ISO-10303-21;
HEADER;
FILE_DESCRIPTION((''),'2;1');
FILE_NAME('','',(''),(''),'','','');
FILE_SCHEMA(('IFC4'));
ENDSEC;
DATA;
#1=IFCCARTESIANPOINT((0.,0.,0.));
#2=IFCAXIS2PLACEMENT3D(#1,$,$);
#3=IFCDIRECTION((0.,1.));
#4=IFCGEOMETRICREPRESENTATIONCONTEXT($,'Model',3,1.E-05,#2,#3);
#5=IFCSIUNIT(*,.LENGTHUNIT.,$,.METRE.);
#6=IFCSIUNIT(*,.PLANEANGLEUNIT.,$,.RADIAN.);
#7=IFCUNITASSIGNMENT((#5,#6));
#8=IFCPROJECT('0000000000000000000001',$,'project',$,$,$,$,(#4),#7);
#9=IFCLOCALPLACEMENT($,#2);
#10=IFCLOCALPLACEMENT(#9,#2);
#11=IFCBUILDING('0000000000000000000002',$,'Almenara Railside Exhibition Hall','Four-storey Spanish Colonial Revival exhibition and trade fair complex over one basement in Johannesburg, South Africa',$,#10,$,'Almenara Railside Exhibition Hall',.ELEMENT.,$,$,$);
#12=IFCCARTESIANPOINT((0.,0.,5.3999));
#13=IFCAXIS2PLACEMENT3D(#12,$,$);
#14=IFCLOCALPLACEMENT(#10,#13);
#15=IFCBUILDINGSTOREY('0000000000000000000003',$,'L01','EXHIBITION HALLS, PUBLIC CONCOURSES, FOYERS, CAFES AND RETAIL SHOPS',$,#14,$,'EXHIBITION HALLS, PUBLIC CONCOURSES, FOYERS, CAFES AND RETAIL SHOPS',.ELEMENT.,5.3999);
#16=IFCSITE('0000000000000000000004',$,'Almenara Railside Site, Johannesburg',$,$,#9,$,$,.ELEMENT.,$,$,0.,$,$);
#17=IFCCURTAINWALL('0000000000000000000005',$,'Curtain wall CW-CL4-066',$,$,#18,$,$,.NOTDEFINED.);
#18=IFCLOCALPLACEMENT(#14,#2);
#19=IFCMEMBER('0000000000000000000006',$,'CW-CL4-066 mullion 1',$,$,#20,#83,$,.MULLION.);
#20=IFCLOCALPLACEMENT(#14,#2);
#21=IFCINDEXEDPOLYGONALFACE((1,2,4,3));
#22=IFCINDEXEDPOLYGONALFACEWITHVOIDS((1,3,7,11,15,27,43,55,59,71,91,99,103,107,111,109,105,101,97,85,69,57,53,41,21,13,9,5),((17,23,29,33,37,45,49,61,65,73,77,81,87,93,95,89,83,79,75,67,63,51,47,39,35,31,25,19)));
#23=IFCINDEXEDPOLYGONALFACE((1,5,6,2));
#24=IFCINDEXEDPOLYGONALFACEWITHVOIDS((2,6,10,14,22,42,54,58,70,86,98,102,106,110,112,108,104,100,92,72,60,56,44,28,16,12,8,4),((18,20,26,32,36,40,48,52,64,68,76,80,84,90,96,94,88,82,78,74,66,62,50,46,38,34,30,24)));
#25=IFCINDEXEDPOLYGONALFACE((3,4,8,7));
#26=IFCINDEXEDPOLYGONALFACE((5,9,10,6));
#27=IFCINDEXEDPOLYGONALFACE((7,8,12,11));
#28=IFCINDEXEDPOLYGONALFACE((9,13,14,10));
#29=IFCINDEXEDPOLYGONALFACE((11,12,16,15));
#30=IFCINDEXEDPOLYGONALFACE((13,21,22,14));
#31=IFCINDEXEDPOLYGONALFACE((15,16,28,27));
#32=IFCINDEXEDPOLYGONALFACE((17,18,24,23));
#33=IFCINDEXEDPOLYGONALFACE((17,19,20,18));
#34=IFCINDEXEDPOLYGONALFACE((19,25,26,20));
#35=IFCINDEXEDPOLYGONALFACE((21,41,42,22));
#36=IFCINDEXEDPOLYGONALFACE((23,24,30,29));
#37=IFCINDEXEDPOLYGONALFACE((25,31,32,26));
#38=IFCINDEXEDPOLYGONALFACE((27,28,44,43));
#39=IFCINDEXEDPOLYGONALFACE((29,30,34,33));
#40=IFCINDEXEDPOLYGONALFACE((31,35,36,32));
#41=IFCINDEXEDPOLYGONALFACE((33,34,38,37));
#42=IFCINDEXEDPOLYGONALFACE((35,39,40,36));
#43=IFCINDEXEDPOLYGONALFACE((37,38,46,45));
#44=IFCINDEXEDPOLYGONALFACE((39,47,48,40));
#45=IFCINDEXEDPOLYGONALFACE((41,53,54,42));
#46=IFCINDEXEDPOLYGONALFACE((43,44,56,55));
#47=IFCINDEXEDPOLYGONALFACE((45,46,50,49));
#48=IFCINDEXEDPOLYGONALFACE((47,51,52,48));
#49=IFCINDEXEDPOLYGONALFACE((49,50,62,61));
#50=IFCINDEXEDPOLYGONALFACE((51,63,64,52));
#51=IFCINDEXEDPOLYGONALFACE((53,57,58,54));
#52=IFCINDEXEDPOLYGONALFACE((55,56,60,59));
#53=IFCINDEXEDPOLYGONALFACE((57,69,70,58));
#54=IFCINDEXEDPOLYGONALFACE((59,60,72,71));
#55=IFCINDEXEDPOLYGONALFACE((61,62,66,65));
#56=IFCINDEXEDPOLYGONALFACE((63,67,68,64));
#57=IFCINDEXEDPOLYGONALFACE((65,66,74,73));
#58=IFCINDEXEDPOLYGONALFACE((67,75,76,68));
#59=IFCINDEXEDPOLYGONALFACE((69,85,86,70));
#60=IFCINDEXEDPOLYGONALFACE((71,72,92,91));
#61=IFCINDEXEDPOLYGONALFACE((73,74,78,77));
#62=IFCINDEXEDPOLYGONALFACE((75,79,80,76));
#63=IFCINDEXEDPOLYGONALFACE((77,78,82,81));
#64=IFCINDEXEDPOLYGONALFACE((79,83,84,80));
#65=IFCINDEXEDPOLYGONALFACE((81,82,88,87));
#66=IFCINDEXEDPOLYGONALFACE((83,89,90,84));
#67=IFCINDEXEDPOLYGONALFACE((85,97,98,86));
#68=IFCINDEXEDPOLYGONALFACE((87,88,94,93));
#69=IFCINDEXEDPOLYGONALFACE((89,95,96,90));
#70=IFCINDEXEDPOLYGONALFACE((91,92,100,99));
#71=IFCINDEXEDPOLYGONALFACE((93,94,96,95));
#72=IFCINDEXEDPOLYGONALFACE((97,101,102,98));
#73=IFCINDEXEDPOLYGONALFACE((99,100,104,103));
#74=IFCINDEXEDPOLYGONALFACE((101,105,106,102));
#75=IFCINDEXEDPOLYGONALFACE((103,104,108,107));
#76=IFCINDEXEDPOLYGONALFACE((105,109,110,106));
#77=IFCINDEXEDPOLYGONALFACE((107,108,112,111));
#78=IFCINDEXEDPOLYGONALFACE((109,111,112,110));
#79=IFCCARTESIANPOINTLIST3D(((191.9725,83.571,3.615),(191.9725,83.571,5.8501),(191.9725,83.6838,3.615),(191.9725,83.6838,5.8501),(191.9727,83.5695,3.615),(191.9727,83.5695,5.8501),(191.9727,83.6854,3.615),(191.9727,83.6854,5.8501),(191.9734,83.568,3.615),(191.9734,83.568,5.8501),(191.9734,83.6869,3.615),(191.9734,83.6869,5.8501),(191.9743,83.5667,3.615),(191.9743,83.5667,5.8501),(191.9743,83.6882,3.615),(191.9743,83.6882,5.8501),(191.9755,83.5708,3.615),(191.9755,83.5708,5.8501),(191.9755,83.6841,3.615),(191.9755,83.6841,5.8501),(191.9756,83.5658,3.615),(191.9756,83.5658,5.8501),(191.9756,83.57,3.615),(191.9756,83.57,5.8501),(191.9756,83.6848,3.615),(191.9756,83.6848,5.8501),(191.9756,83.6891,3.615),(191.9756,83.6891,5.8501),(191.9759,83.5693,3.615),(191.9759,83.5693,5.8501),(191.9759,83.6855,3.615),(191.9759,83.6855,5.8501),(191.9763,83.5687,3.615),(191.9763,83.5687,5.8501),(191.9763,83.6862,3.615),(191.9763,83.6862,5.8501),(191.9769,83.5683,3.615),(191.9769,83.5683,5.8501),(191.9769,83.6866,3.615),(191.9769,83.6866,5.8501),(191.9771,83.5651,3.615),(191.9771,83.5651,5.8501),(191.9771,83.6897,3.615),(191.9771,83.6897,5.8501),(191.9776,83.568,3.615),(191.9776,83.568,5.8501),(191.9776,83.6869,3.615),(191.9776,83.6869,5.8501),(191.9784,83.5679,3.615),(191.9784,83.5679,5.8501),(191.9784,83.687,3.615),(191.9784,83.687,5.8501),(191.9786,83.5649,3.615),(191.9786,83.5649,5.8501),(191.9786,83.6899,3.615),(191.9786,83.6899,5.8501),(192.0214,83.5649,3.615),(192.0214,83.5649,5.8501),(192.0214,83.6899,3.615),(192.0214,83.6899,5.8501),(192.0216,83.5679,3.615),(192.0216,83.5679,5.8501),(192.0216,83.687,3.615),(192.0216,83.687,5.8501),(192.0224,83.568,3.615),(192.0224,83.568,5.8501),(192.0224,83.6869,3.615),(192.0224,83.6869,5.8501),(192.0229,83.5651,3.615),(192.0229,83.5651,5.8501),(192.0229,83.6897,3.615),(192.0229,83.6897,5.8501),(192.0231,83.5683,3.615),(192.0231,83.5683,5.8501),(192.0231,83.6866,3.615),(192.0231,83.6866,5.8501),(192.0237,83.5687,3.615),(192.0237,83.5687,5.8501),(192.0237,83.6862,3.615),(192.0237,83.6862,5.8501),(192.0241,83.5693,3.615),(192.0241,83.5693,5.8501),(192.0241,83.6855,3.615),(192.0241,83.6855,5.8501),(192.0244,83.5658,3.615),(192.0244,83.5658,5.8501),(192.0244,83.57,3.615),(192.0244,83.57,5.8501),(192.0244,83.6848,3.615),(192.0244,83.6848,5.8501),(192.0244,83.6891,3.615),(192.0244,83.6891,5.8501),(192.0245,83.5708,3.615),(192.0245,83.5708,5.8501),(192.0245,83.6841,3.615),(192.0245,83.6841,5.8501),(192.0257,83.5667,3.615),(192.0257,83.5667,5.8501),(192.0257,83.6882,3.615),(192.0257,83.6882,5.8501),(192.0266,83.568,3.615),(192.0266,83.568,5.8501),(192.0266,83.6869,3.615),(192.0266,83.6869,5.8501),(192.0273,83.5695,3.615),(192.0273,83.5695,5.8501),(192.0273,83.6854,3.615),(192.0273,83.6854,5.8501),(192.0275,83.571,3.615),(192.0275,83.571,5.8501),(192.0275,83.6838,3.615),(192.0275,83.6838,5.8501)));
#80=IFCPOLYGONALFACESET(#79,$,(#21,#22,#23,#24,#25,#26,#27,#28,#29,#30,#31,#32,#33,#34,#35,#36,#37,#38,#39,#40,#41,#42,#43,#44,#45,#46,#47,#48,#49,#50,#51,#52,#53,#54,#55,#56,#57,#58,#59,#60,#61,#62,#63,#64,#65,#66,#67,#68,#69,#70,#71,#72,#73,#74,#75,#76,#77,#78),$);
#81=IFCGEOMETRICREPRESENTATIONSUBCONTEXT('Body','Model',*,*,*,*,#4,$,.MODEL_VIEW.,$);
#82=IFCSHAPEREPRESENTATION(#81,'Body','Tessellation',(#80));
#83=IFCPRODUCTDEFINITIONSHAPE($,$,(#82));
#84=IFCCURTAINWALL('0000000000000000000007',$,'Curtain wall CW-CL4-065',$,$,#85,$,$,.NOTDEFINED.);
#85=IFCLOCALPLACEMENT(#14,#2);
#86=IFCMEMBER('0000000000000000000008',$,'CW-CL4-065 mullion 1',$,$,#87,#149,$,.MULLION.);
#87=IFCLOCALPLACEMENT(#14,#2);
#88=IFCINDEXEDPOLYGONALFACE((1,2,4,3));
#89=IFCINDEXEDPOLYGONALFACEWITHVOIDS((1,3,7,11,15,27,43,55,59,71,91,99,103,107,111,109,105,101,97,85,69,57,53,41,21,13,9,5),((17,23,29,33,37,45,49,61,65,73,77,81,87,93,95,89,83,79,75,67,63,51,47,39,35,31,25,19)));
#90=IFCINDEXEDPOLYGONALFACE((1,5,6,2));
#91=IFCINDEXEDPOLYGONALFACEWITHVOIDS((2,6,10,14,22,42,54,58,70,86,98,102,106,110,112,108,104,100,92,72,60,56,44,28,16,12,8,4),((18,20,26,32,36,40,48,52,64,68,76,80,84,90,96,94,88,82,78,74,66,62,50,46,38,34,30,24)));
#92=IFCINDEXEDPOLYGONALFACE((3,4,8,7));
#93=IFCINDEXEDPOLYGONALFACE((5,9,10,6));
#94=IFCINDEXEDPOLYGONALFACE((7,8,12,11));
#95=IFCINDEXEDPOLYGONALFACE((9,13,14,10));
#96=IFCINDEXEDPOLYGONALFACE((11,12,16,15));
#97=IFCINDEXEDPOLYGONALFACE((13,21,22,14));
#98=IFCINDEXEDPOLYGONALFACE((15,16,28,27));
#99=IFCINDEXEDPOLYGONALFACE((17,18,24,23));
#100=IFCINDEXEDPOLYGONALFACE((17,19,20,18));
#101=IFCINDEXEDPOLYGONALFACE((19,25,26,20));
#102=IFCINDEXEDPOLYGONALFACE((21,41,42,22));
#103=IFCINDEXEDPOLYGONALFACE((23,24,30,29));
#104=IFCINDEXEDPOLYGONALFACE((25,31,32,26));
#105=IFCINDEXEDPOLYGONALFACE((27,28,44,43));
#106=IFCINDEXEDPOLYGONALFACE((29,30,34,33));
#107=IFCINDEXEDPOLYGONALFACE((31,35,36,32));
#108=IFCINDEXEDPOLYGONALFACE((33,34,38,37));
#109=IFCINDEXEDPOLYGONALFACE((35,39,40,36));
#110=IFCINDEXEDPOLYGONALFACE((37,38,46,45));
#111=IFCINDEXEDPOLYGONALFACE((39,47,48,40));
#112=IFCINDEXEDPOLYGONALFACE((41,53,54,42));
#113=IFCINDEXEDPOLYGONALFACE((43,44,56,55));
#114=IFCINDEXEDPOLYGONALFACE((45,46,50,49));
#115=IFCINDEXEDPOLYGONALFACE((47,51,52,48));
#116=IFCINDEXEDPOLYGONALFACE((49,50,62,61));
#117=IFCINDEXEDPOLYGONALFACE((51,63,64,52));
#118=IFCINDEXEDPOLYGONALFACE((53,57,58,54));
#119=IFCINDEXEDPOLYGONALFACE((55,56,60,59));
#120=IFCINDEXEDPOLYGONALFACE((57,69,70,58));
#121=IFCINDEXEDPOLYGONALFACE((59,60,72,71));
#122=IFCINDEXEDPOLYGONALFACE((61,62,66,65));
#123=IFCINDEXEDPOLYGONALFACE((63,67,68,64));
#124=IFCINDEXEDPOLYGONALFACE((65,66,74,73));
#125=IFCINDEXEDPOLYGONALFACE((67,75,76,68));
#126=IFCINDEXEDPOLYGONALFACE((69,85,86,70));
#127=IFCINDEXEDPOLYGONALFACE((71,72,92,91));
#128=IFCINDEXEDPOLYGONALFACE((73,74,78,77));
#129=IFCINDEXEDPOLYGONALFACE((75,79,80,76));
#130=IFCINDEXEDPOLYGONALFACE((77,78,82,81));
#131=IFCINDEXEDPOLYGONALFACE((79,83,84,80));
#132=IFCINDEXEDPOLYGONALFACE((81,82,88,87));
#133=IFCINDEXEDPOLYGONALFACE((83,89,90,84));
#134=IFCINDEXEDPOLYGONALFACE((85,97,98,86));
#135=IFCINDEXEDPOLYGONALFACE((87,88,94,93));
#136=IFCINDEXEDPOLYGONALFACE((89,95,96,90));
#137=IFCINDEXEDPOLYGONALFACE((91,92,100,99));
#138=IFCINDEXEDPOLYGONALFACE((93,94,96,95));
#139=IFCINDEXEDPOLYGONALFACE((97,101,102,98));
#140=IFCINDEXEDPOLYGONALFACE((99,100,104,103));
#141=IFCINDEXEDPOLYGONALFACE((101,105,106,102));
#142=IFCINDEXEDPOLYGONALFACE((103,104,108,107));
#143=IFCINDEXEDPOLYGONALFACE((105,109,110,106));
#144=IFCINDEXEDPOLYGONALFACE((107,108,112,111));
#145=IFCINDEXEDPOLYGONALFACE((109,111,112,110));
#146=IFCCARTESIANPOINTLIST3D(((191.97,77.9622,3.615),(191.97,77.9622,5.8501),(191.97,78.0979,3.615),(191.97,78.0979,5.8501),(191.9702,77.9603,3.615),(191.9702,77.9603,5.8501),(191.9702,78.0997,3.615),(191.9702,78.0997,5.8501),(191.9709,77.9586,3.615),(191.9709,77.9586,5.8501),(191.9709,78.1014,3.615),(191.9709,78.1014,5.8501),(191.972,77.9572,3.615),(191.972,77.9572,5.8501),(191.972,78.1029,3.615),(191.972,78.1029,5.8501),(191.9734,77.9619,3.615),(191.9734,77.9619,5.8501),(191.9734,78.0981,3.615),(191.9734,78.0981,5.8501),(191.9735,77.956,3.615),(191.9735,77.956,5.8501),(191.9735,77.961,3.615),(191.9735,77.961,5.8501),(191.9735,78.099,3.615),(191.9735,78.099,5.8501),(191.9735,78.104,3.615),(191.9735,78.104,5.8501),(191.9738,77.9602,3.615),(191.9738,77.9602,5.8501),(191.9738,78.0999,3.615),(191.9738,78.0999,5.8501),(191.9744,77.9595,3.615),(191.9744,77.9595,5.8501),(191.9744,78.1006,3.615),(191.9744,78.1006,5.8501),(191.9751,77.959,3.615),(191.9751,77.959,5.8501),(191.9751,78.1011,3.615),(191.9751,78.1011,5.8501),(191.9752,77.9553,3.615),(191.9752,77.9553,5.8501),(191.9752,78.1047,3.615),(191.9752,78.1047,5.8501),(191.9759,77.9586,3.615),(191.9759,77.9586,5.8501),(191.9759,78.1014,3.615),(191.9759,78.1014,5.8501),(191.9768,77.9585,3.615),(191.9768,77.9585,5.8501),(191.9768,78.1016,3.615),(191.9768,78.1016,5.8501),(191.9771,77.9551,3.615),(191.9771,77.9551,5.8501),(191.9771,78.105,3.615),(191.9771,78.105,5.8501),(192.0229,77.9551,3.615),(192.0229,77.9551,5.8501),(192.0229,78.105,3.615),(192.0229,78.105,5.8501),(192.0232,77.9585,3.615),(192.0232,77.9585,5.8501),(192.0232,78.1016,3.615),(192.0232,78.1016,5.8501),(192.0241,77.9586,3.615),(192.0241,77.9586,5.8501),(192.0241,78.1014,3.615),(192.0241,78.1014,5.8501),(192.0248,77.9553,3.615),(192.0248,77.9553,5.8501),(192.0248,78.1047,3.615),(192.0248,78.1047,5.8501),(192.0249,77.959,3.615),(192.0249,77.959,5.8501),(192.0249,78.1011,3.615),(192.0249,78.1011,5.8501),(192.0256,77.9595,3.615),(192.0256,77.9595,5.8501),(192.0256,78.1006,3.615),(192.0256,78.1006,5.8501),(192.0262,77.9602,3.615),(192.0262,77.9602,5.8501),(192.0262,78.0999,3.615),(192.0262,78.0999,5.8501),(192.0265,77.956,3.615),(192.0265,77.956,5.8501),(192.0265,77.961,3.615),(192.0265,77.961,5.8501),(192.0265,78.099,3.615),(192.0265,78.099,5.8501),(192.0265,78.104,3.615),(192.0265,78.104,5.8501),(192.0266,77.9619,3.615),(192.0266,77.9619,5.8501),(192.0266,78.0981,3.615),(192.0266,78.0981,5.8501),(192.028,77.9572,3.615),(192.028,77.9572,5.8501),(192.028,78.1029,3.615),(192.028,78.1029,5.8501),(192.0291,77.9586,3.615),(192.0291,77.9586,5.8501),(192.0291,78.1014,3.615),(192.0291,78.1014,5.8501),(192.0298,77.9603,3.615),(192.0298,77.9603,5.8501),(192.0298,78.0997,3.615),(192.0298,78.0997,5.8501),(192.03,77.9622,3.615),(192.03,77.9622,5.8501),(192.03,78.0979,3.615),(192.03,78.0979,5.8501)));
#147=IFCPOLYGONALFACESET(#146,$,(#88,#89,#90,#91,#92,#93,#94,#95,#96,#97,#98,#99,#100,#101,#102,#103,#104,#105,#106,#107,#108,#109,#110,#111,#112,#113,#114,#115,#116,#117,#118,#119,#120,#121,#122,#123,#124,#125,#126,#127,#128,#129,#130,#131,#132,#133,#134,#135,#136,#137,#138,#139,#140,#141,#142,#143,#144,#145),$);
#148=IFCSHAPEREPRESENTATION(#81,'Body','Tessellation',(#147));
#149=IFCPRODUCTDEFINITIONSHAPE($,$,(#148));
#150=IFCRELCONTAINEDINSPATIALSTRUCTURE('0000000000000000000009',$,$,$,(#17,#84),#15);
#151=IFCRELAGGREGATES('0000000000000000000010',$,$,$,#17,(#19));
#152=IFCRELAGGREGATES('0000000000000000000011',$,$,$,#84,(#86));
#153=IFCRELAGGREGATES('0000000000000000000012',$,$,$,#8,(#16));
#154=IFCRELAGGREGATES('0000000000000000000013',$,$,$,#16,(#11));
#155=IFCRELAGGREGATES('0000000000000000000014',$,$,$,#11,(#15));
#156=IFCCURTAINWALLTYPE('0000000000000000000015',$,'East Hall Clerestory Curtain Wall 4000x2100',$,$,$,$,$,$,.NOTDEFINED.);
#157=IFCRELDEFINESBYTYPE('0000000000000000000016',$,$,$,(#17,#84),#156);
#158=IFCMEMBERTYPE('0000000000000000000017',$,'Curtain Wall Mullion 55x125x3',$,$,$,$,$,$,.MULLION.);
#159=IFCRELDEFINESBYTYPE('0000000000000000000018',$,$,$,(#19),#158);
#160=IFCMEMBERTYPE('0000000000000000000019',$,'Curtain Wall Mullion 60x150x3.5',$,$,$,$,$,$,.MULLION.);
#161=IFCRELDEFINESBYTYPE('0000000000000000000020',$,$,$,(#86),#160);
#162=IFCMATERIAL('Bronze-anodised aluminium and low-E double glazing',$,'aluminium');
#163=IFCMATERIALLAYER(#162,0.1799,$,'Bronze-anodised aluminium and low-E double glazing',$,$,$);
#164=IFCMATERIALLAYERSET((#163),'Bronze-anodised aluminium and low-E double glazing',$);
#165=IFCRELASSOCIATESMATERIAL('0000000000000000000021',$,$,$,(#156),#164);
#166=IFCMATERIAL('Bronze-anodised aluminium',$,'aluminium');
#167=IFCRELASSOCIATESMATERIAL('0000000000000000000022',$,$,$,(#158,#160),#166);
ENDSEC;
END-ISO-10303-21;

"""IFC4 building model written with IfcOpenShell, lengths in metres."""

from ifc_helpers import new_model, si_unit, direction, frame, origin, origin_2d, place, context, subcontext, project, spatial, hollow_rectangle, extrude, material, layer, layer_set, material_profile, profile_set, type_object, element, aggregate, save


model = new_model("IFC4")

# Units and contexts
model_context = context("Model", 3, precision=1e-05, world=origin(), true_north=direction((0.0, 1.0)))
body_context = subcontext(model_context, "Body", "Model", "MODEL_VIEW")
ifc_project = project(units=[si_unit("LENGTHUNIT", "METRE"), si_unit("PLANEANGLEUNIT", "RADIAN")], contexts=[model_context])

# Site, building, storey
site_placement = place(None, origin())
site = spatial("IfcSite", under=ifc_project, at=site_placement, Name="Almenara Railside Site, Johannesburg", CompositionType="ELEMENT", RefElevation=0.0)
building_placement = place(site_placement, origin())
building = spatial("IfcBuilding", under=site, at=building_placement, Name="Almenara Railside Exhibition Hall", Description="Four-storey Spanish Colonial Revival exhibition and trade fair complex over one basement in Johannesburg, South Africa", LongName="Almenara Railside Exhibition Hall", CompositionType="ELEMENT")
storey_placement = place(building_placement, frame((0.0, 0.0, 5.3999)))
storey = spatial("IfcBuildingStorey", under=building, at=storey_placement, Name="L01", Description="EXHIBITION HALLS, PUBLIC CONCOURSES, FOYERS, CAFES AND RETAIL SHOPS", LongName="EXHIBITION HALLS, PUBLIC CONCOURSES, FOYERS, CAFES AND RETAIL SHOPS", CompositionType="ELEMENT", Elevation=5.3999)

# Curtain wall, member
ifc_material_1 = material(Name="Bronze-anodised aluminium and low-E double glazing", Category="aluminium")
ifc_layer_1 = layer(ifc_material_1, 0.1799, Name="Bronze-anodised aluminium and low-E double glazing")
ifc_layer_set_1 = layer_set([ifc_layer_1], Name="Bronze-anodised aluminium and low-E double glazing")
curtain_wall_type = type_object("IfcCurtainWallType", Name="East Hall Clerestory Curtain Wall 4000x2100", PredefinedType="NOTDEFINED", material=ifc_layer_set_1)
curtain_wall_1_placement = place(storey_placement, origin())
curtain_wall_1 = element("IfcCurtainWall", 1, at=curtain_wall_1_placement, inside=storey, type_object=curtain_wall_type, Name="Curtain wall CW-CL4-066", PredefinedType="NOTDEFINED")
ifc_material_2 = material(Name="Bronze-anodised aluminium", Category="aluminium")
ifc_material_profile_1 = material_profile(ifc_material_2, hollow_rectangle(XDim=0.0549, YDim=0.125, WallThickness=0.0029, InnerFilletRadius=0.0029, OuterFilletRadius=0.0061, at=origin_2d()), Name="ALU-MUL 55x125x3")
ifc_profile_set_1 = profile_set([ifc_material_profile_1], Name="Bronze-anodised aluminium")
member_type_1 = type_object("IfcMemberType", Name="Curtain Wall Mullion 55x125x3", PredefinedType="MULLION", material=ifc_profile_set_1)
member_1_placement = place(storey_placement, frame((192.0, 83.6274, 3.615), z_axis=(0.0, 0.0, 1.0), x_axis=(-1.0, 0.0, 0.0)))
member_1 = element("IfcMember", 2, at=member_1_placement, type_object=member_type_1, Name="CW-CL4-066 mullion 1", PredefinedType="MULLION", context=body_context, shape_type="SweptSolid", body=[
    extrude(hollow_rectangle(XDim=0.0549, YDim=0.125, WallThickness=0.0029, InnerFilletRadius=0.0029, OuterFilletRadius=0.0061, at=origin_2d()), origin(), (0.0, 0.0, 1.0), 2.2351),
])
aggregate(curtain_wall_1, [member_1])

# Curtain wall, member
curtain_wall_2_placement = place(storey_placement, origin())
curtain_wall_2 = element("IfcCurtainWall", 3, at=curtain_wall_2_placement, inside=storey, type_object=curtain_wall_type, Name="Curtain wall CW-CL4-065", PredefinedType="NOTDEFINED")
ifc_material_profile_2 = material_profile(ifc_material_2, hollow_rectangle(XDim=0.0601, YDim=0.1499, WallThickness=0.0034, InnerFilletRadius=0.0034, OuterFilletRadius=0.0071, at=origin_2d()), Name="ALU-MUL 60x150x3.5")
ifc_profile_set_2 = profile_set([ifc_material_profile_2], Name="Bronze-anodised aluminium")
member_type_2 = type_object("IfcMemberType", Name="Curtain Wall Mullion 60x150x3.5", PredefinedType="MULLION", material=ifc_profile_set_2)
member_2_placement = place(storey_placement, frame((192.0, 78.03, 3.615), z_axis=(0.0, 0.0, 1.0), x_axis=(-1.0, 0.0, 0.0)))
member_2 = element("IfcMember", 4, at=member_2_placement, type_object=member_type_2, Name="CW-CL4-065 mullion 1", PredefinedType="MULLION", context=body_context, shape_type="SweptSolid", body=[
    extrude(hollow_rectangle(XDim=0.0601, YDim=0.1499, WallThickness=0.0034, InnerFilletRadius=0.0034, OuterFilletRadius=0.0071, at=origin_2d()), origin(), (0.0, 0.0, 1.0), 2.2351),
])

aggregate(curtain_wall_2, [member_2])

save(model, "model.ifc")
